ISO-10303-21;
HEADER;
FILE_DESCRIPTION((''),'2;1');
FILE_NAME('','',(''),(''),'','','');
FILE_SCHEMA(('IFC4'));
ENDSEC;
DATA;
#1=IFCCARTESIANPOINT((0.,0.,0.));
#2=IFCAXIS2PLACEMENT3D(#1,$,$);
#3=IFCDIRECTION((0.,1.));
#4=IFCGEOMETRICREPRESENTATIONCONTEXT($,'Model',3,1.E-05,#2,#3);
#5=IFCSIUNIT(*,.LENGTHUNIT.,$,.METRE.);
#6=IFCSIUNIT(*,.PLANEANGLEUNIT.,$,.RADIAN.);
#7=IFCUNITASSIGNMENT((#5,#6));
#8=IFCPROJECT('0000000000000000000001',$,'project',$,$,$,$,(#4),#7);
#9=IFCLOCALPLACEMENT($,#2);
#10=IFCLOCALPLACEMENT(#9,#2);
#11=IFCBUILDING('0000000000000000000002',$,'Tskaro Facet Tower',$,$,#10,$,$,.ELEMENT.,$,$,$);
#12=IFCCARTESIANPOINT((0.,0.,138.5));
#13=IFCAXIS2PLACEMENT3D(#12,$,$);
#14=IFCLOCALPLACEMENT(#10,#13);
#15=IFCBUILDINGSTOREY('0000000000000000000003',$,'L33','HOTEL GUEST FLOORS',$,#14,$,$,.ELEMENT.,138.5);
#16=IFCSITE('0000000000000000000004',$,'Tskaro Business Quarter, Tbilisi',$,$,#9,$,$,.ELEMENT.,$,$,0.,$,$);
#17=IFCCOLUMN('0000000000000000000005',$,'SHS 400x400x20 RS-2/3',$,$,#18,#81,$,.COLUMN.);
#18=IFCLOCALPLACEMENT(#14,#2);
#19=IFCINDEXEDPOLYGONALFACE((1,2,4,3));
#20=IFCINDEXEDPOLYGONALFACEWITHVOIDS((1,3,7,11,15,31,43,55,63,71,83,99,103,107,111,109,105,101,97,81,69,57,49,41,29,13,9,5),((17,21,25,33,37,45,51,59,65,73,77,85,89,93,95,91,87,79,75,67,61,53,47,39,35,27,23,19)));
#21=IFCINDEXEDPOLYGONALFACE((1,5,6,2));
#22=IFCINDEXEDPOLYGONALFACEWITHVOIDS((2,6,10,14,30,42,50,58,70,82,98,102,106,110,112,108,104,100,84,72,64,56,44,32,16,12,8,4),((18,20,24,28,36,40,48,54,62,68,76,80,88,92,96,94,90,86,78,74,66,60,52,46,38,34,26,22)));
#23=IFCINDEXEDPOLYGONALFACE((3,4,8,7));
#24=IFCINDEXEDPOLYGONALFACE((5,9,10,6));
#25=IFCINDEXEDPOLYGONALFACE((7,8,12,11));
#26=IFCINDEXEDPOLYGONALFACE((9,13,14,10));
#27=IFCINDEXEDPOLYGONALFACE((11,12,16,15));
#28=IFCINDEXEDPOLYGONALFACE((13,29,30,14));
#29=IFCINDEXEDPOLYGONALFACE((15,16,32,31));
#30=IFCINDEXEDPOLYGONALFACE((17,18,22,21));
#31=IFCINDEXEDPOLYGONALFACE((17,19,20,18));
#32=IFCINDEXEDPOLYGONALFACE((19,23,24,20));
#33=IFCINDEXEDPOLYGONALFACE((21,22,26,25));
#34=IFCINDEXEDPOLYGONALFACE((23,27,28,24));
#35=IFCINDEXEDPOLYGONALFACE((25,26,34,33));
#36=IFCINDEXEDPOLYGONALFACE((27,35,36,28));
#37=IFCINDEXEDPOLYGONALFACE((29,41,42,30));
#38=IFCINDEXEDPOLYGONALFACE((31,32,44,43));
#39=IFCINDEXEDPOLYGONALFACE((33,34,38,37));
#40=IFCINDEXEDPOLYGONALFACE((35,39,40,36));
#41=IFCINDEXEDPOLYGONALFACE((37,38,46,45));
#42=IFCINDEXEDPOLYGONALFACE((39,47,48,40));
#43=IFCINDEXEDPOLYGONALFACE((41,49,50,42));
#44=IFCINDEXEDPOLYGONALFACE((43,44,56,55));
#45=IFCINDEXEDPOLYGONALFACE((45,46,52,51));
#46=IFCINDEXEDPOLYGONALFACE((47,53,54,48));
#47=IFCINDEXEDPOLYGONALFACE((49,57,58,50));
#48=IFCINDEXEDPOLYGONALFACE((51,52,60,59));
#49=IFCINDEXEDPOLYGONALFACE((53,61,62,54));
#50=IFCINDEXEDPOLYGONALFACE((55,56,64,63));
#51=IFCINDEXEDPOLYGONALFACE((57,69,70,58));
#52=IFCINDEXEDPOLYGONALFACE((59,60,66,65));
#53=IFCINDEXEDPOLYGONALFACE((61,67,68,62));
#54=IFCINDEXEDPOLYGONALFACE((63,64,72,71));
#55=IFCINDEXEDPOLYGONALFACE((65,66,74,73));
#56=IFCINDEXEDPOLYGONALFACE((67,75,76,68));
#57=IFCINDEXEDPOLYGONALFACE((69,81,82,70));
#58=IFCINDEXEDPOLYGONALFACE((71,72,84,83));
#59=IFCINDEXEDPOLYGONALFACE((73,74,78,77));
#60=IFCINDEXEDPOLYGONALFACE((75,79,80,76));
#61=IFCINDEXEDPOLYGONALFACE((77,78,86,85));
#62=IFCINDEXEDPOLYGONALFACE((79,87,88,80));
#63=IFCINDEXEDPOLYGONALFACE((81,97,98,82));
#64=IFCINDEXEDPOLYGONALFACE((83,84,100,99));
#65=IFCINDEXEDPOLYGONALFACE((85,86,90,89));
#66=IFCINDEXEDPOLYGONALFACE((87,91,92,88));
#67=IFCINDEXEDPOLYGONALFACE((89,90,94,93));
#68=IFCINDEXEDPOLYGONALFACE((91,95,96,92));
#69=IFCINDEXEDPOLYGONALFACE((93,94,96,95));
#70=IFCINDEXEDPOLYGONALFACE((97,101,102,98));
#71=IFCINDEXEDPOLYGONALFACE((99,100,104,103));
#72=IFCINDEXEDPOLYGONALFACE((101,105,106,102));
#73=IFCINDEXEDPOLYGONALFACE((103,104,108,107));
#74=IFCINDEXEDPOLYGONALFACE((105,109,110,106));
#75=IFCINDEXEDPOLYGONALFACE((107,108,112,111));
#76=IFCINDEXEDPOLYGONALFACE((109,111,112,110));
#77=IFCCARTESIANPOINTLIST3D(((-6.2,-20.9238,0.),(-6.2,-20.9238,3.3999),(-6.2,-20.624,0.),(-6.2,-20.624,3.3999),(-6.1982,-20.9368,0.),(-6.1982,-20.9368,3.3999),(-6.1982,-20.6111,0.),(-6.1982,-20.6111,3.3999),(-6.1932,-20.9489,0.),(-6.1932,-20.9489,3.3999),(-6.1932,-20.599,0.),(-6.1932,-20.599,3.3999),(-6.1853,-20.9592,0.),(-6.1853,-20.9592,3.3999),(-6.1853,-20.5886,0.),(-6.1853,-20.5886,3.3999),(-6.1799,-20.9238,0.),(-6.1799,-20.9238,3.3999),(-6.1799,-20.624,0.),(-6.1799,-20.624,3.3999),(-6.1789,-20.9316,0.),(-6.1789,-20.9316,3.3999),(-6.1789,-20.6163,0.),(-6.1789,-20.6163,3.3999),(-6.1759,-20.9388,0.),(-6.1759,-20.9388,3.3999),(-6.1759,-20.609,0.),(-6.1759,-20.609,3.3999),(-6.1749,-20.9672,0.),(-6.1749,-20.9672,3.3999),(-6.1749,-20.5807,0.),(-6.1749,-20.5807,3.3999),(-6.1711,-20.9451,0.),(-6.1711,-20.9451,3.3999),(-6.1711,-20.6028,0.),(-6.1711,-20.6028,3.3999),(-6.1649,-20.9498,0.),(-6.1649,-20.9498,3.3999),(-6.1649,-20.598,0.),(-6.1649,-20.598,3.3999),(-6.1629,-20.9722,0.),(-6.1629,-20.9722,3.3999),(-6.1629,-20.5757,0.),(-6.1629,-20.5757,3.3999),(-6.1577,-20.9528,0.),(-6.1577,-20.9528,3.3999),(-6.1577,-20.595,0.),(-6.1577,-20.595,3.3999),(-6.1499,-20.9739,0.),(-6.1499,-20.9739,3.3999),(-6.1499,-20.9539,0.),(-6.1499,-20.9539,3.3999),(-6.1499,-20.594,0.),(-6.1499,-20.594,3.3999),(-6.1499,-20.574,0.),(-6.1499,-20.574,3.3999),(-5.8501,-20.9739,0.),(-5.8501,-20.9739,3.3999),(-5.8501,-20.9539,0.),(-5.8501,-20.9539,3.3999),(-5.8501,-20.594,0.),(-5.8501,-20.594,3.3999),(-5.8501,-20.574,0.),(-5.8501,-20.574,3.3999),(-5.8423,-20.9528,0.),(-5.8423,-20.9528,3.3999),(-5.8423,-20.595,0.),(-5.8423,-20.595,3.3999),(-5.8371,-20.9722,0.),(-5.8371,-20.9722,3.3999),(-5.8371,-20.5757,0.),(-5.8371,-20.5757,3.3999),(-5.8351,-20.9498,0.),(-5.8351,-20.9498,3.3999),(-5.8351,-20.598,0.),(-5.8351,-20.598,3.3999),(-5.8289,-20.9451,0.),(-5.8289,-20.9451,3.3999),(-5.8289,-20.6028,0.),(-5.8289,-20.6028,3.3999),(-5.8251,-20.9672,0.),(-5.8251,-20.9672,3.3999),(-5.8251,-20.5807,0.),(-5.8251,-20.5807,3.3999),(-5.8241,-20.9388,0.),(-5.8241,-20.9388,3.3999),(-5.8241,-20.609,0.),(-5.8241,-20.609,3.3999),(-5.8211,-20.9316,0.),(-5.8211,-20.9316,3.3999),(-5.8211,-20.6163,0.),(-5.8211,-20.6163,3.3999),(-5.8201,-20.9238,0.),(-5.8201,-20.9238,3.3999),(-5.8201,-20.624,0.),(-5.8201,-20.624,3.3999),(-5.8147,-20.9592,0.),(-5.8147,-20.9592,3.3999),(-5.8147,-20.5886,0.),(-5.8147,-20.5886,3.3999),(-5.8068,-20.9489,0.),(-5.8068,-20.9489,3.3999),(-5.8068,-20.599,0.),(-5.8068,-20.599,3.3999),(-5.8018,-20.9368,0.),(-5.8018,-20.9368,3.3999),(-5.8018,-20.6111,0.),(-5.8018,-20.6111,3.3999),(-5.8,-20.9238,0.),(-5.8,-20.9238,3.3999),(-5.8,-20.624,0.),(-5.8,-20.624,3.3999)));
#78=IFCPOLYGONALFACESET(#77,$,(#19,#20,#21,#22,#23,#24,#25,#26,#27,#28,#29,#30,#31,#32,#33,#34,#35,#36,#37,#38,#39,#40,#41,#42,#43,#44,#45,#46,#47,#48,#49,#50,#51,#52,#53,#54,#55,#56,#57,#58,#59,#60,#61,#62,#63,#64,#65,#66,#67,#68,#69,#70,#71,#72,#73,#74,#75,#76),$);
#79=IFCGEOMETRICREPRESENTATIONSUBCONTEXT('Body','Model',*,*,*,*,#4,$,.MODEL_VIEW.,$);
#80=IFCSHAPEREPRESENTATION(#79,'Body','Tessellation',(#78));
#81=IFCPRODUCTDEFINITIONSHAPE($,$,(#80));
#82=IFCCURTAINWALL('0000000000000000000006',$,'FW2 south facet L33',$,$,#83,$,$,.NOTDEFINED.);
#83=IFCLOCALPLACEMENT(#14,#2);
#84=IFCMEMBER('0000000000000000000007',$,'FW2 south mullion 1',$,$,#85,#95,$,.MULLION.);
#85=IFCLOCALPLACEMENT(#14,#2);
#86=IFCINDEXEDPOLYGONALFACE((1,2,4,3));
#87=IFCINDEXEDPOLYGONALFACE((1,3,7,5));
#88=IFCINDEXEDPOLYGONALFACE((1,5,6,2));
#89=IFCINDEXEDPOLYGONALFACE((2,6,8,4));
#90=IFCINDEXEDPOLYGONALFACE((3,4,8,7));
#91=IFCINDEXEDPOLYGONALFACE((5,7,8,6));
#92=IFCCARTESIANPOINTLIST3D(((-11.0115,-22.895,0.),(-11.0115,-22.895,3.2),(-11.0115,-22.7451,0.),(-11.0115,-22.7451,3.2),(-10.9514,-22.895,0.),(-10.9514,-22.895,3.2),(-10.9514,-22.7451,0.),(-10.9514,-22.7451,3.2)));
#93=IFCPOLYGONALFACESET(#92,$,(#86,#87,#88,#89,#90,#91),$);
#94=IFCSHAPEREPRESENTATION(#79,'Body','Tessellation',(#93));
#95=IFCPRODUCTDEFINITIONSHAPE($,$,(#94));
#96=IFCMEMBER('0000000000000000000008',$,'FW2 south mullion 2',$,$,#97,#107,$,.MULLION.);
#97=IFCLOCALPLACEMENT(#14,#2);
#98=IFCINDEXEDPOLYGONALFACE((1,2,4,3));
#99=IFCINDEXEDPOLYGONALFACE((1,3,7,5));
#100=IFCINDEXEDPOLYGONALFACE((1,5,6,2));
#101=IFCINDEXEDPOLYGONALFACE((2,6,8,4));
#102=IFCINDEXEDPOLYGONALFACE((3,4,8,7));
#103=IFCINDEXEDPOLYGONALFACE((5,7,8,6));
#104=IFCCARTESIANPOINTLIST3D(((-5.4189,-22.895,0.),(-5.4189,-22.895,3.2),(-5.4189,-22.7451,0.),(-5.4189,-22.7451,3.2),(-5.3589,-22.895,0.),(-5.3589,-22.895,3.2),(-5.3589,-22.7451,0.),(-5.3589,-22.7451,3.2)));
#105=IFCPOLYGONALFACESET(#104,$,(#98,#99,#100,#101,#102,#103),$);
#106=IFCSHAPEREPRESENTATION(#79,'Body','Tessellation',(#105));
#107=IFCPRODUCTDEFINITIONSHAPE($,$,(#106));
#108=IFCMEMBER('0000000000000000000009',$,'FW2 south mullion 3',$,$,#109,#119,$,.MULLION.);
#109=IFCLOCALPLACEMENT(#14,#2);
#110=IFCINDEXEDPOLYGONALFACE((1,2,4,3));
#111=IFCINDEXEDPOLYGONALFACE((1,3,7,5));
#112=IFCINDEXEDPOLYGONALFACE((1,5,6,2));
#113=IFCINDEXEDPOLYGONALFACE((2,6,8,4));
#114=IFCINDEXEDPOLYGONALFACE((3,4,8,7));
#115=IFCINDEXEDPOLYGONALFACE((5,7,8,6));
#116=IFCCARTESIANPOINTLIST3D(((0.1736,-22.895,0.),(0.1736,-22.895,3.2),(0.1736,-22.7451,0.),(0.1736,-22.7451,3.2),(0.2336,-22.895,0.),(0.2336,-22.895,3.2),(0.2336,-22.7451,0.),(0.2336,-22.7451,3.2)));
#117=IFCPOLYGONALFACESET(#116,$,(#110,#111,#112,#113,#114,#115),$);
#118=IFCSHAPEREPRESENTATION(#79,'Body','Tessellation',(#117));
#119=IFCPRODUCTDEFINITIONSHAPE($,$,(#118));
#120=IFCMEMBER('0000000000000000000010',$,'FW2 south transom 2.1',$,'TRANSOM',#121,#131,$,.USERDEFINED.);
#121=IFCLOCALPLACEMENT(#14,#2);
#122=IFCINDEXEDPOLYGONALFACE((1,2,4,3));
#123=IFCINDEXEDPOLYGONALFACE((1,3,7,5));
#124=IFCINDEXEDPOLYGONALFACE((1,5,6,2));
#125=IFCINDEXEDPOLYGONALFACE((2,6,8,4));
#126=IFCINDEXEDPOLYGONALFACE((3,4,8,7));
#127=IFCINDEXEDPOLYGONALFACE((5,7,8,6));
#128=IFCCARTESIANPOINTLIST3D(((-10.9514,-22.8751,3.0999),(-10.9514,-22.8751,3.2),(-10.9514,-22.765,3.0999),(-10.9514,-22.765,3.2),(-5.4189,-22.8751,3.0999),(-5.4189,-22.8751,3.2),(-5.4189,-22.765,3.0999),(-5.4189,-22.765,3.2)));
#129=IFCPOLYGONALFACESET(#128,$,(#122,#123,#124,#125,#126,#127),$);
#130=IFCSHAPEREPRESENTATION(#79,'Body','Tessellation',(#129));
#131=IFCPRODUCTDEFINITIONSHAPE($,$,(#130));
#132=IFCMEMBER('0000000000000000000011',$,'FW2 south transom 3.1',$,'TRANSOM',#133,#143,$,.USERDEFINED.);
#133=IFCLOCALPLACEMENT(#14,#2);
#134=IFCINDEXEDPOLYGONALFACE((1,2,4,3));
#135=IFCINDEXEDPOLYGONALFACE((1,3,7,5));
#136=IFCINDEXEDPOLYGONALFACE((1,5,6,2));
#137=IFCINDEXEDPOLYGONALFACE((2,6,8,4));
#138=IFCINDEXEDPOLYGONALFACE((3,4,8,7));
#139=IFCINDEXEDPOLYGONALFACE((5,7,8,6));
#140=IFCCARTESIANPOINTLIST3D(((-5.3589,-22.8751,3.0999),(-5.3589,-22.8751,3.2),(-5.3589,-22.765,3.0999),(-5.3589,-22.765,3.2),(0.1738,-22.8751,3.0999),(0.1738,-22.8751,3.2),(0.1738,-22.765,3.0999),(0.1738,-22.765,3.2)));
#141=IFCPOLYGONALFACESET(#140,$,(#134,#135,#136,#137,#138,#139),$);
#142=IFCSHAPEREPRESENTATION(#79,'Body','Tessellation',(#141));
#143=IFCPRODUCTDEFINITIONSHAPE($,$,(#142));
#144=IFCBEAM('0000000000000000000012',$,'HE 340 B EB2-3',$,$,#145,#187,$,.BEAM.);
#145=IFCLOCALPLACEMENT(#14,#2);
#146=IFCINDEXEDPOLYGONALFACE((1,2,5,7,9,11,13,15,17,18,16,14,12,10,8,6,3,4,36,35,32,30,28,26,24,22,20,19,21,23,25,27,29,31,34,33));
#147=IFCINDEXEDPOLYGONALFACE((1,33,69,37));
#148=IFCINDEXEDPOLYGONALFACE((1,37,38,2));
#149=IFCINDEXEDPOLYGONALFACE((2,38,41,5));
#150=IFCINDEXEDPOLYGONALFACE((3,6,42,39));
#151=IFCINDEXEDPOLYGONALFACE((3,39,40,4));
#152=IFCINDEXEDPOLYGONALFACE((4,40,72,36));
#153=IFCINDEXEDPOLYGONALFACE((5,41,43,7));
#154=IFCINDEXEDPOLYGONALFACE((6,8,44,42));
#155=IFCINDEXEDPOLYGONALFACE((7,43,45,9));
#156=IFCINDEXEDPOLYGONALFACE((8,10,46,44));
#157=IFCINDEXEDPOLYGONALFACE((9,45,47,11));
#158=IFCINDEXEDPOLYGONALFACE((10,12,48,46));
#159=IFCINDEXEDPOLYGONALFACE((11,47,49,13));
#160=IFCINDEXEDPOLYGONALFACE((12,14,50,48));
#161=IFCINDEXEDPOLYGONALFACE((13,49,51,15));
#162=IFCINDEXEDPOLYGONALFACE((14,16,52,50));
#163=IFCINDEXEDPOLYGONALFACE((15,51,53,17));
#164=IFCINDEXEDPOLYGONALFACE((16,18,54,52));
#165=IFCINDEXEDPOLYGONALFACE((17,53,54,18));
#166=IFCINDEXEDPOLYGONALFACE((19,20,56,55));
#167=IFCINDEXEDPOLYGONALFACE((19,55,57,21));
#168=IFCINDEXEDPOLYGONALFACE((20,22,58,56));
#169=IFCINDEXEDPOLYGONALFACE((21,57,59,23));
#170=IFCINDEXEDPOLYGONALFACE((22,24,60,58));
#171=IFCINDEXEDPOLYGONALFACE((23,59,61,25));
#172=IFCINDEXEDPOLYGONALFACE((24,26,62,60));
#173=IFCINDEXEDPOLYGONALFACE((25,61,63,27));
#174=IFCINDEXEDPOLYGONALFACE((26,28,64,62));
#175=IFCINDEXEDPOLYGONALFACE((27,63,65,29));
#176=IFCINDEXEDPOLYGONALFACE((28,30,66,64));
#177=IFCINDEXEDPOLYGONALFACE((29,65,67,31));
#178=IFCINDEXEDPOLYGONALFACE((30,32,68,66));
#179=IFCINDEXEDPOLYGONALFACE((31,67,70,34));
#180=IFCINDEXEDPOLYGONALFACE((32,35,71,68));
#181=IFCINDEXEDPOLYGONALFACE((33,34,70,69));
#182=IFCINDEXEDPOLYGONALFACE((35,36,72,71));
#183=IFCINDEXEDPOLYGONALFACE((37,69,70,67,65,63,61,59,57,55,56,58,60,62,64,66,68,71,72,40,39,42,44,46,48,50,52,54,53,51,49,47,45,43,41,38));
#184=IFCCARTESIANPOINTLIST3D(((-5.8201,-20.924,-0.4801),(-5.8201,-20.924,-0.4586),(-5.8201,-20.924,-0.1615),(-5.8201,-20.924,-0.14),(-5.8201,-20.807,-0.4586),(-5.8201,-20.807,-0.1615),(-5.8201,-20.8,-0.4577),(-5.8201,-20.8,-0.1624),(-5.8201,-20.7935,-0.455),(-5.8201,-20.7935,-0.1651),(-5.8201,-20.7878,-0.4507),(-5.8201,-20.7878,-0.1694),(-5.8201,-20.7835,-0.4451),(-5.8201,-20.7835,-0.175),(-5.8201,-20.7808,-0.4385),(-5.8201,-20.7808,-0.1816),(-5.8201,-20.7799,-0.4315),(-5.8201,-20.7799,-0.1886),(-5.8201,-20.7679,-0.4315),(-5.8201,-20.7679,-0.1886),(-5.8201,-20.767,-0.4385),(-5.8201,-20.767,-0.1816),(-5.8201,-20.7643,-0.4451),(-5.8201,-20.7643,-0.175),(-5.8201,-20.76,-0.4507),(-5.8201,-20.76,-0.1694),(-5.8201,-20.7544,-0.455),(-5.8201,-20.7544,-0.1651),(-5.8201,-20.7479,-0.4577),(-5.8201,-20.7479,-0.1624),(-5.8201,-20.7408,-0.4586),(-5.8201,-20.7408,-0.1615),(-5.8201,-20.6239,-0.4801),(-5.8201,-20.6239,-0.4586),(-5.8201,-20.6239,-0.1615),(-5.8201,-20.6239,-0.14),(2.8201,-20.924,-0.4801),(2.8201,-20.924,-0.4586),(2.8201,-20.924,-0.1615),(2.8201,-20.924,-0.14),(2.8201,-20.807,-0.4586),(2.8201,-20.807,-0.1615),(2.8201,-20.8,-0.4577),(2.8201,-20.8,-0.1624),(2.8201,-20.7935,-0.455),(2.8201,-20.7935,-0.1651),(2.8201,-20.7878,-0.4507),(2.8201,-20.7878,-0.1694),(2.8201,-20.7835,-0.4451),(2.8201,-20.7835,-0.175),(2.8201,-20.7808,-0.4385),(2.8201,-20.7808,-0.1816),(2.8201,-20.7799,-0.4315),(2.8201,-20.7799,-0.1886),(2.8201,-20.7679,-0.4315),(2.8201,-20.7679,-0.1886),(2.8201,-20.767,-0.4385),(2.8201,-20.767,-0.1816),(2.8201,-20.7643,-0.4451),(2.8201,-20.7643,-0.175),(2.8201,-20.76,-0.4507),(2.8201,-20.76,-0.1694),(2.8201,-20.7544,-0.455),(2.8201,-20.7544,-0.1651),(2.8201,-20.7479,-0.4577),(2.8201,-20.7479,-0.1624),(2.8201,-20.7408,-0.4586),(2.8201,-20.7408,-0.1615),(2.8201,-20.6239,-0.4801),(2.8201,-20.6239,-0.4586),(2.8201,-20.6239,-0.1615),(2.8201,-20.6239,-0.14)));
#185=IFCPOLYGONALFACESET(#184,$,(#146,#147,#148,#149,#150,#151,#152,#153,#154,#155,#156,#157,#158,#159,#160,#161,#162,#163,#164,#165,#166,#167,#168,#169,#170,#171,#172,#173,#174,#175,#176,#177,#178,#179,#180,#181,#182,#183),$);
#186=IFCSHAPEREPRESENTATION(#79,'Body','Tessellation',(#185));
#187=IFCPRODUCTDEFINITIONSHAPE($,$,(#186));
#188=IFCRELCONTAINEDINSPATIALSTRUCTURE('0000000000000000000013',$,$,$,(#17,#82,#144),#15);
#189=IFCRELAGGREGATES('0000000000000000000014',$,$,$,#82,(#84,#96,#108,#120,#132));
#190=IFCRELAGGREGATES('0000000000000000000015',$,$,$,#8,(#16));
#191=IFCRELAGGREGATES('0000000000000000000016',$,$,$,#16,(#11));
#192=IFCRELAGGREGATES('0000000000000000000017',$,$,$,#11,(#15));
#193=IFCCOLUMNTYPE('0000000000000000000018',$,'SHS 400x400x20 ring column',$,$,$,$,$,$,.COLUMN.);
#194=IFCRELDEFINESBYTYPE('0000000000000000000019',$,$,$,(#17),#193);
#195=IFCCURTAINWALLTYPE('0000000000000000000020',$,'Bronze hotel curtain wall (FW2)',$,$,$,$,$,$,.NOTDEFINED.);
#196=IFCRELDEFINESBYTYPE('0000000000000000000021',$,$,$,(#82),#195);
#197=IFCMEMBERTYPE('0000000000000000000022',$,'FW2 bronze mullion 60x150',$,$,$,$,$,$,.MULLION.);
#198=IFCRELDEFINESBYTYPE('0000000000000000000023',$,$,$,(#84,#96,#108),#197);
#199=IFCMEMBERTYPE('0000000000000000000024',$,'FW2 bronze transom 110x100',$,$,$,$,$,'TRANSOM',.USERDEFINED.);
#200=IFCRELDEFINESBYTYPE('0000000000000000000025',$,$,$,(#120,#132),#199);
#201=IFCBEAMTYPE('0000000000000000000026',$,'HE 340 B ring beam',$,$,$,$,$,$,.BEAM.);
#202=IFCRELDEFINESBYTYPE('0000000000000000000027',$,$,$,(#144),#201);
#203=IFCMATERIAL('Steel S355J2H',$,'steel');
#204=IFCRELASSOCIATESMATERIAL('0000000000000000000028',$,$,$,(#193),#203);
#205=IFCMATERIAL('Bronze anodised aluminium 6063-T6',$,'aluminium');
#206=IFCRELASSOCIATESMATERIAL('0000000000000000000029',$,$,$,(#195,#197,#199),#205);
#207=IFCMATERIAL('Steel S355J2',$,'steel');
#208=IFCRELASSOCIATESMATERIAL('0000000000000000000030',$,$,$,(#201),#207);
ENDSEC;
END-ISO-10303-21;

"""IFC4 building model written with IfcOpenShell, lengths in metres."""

from ifc_helpers import new_model, si_unit, direction, frame, origin, origin_2d, place, context, subcontext, project, spatial, rectangle, hollow_rectangle, i_section, extrude, material, material_profile, profile_set, type_object, element, aggregate, save


model = new_model("IFC4")

# Units and contexts
model_context = context("Model", 3, precision=1e-05, world=origin(), true_north=direction((0.0, 1.0)))
body_context = subcontext(model_context, "Body", "Model", "MODEL_VIEW")
ifc_project = project(units=[si_unit("LENGTHUNIT", "METRE"), si_unit("PLANEANGLEUNIT", "RADIAN")], contexts=[model_context])

# Site, building, storey
site_placement = place(None, origin())
site = spatial("IfcSite", under=ifc_project, at=site_placement, Name="Tskaro Business Quarter, Tbilisi", CompositionType="ELEMENT", RefElevation=0.0)
building_placement = place(site_placement, origin())
building = spatial("IfcBuilding", under=site, at=building_placement, Name="Tskaro Facet Tower", CompositionType="ELEMENT")
storey_placement = place(building_placement, frame((0.0, 0.0, 138.5)))
storey = spatial("IfcBuildingStorey", under=building, at=storey_placement, Name="L33", Description="HOTEL GUEST FLOORS", CompositionType="ELEMENT", Elevation=138.5)

# Column
ifc_material_1 = material(Name="Steel S355J2H", Category="steel")
ifc_material_profile_1 = material_profile(ifc_material_1, hollow_rectangle(XDim=0.3999, YDim=0.3999, WallThickness=0.02, InnerFilletRadius=0.03, OuterFilletRadius=0.05, at=origin_2d()), Name="SHS 400x400x20")
ifc_profile_set_1 = profile_set([ifc_material_profile_1], Name="Steel S355J2H")
column_type = type_object("IfcColumnType", Name="SHS 400x400x20 ring column", PredefinedType="COLUMN", material=ifc_profile_set_1)
column_placement = place(storey_placement, frame((-6.0, -20.7739, 0.0), z_axis=(0.0, 0.0, 1.0), x_axis=(1.0, 0.0, 0.0)))
element("IfcColumn", 1, at=column_placement, inside=storey, type_object=column_type, Name="SHS 400x400x20 RS-2/3", PredefinedType="COLUMN", context=body_context, shape_type="SweptSolid", body=[
    extrude(hollow_rectangle(XDim=0.3999, YDim=0.3999, WallThickness=0.02, InnerFilletRadius=0.03, OuterFilletRadius=0.05, at=origin_2d()), origin(), (0.0, 0.0, 1.0), 3.3999),
])

# Curtain wall, members
ifc_material_2 = material(Name="Bronze anodised aluminium 6063-T6", Category="aluminium")
curtain_wall_type = type_object("IfcCurtainWallType", Name="Bronze hotel curtain wall (FW2)", PredefinedType="NOTDEFINED", material=ifc_material_2)
curtain_wall_placement = place(storey_placement, origin())
curtain_wall = element("IfcCurtainWall", 2, at=curtain_wall_placement, inside=storey, type_object=curtain_wall_type, Name="FW2 south facet L33", PredefinedType="NOTDEFINED")
ifc_material_profile_2 = material_profile(ifc_material_2, rectangle(XDim=0.0601, YDim=0.1499, at=origin_2d()), Name="Mullion 60x150")
ifc_profile_set_2 = profile_set([ifc_material_profile_2], Name="Bronze anodised aluminium 6063-T6")
member_type_1 = type_object("IfcMemberType", Name="FW2 bronze mullion 60x150", PredefinedType="MULLION", material=ifc_profile_set_2)
member_1_placement = place(storey_placement, frame((-10.9814, -22.8201, 0.0), z_axis=(0.0, 0.0, 1.0), x_axis=(1.0, 0.0, 0.0)))
member_1 = element("IfcMember", 3, at=member_1_placement, type_object=member_type_1, Name="FW2 south mullion 1", PredefinedType="MULLION", context=body_context, shape_type="SweptSolid", body=[
    extrude(rectangle(XDim=0.0601, YDim=0.1499, at=origin_2d()), origin(), (0.0, 0.0, 1.0), 3.2),
])
member_2_placement = place(storey_placement, frame((-5.3889, -22.8201, 0.0), z_axis=(0.0, 0.0, 1.0), x_axis=(1.0, 0.0, 0.0)))
member_2 = element("IfcMember", 4, at=member_2_placement, type_object=member_type_1, Name="FW2 south mullion 2", PredefinedType="MULLION", context=body_context, shape_type="SweptSolid", body=[
    extrude(rectangle(XDim=0.0601, YDim=0.1499, at=origin_2d()), origin(), (0.0, 0.0, 1.0), 3.2),
])
member_3_placement = place(storey_placement, frame((0.2036, -22.8201, 0.0), z_axis=(0.0, 0.0, 1.0), x_axis=(1.0, 0.0, 0.0)))
member_3 = element("IfcMember", 5, at=member_3_placement, type_object=member_type_1, Name="FW2 south mullion 3", PredefinedType="MULLION", context=body_context, shape_type="SweptSolid", body=[
    extrude(rectangle(XDim=0.0601, YDim=0.1499, at=origin_2d()), origin(), (0.0, 0.0, 1.0), 3.2),
])
ifc_material_profile_3 = material_profile(ifc_material_2, rectangle(XDim=0.1101, YDim=0.1001, at=origin_2d()), Name="Transom 110x100")
ifc_profile_set_3 = profile_set([ifc_material_profile_3], Name="Bronze anodised aluminium 6063-T6")
member_type_2 = type_object("IfcMemberType", Name="FW2 bronze transom 110x100", ElementType="TRANSOM", PredefinedType="USERDEFINED", material=ifc_profile_set_3)
member_4_placement = place(storey_placement, frame((-10.9514, -22.8201, 3.1499), z_axis=(1.0, 0.0, 0.0), x_axis=(0.0, 1.0, 0.0)))
member_4 = element("IfcMember", 6, at=member_4_placement, type_object=member_type_2, Name="FW2 south transom 2.1", ObjectType="TRANSOM", PredefinedType="USERDEFINED", context=body_context, shape_type="SweptSolid", body=[
    extrude(rectangle(XDim=0.1101, YDim=0.1001, at=origin_2d()), origin(), (0.0, 0.0, 1.0), 5.5325),
])
member_5_placement = place(storey_placement, frame((-5.3589, -22.8201, 3.1499), z_axis=(1.0, 0.0, 0.0), x_axis=(0.0, 1.0, 0.0)))
member_5 = element("IfcMember", 7, at=member_5_placement, type_object=member_type_2, Name="FW2 south transom 3.1", ObjectType="TRANSOM", PredefinedType="USERDEFINED", context=body_context, shape_type="SweptSolid", body=[
    extrude(rectangle(XDim=0.1101, YDim=0.1001, at=origin_2d()), origin(), (0.0, 0.0, 1.0), 5.5327),
])

# Beam
ifc_material_3 = material(Name="Steel S355J2", Category="steel")
ifc_material_profile_4 = material_profile(ifc_material_3, i_section(OverallWidth=0.3, OverallDepth=0.3401, WebThickness=0.012, FlangeThickness=0.0215, FilletRadius=0.0271, at=origin_2d()), Name="HE 340 B")
ifc_profile_set_4 = profile_set([ifc_material_profile_4], Name="Steel S355J2")
beam_type_1 = type_object("IfcBeamType", Name="HE 340 B ring beam", PredefinedType="BEAM", material=ifc_profile_set_4)
beam_placement = place(storey_placement, frame((-5.8201, -20.7739, -0.3101), z_axis=(1.0, 0.0, 0.0), x_axis=(0.0, 1.0, 0.0)))
element("IfcBeam", 8, at=beam_placement, inside=storey, type_object=beam_type_1, Name="HE 340 B EB2-3", PredefinedType="BEAM", context=body_context, shape_type="SweptSolid", body=[
    extrude(i_section(OverallWidth=0.3, OverallDepth=0.3401, WebThickness=0.012, FlangeThickness=0.0215, FilletRadius=0.0271, at=origin_2d()), origin(), (0.0, 0.0, 1.0), 8.6401),
])

aggregate(curtain_wall, [member_1, member_2, member_3, member_4, member_5])

save(model, "model.ifc")
